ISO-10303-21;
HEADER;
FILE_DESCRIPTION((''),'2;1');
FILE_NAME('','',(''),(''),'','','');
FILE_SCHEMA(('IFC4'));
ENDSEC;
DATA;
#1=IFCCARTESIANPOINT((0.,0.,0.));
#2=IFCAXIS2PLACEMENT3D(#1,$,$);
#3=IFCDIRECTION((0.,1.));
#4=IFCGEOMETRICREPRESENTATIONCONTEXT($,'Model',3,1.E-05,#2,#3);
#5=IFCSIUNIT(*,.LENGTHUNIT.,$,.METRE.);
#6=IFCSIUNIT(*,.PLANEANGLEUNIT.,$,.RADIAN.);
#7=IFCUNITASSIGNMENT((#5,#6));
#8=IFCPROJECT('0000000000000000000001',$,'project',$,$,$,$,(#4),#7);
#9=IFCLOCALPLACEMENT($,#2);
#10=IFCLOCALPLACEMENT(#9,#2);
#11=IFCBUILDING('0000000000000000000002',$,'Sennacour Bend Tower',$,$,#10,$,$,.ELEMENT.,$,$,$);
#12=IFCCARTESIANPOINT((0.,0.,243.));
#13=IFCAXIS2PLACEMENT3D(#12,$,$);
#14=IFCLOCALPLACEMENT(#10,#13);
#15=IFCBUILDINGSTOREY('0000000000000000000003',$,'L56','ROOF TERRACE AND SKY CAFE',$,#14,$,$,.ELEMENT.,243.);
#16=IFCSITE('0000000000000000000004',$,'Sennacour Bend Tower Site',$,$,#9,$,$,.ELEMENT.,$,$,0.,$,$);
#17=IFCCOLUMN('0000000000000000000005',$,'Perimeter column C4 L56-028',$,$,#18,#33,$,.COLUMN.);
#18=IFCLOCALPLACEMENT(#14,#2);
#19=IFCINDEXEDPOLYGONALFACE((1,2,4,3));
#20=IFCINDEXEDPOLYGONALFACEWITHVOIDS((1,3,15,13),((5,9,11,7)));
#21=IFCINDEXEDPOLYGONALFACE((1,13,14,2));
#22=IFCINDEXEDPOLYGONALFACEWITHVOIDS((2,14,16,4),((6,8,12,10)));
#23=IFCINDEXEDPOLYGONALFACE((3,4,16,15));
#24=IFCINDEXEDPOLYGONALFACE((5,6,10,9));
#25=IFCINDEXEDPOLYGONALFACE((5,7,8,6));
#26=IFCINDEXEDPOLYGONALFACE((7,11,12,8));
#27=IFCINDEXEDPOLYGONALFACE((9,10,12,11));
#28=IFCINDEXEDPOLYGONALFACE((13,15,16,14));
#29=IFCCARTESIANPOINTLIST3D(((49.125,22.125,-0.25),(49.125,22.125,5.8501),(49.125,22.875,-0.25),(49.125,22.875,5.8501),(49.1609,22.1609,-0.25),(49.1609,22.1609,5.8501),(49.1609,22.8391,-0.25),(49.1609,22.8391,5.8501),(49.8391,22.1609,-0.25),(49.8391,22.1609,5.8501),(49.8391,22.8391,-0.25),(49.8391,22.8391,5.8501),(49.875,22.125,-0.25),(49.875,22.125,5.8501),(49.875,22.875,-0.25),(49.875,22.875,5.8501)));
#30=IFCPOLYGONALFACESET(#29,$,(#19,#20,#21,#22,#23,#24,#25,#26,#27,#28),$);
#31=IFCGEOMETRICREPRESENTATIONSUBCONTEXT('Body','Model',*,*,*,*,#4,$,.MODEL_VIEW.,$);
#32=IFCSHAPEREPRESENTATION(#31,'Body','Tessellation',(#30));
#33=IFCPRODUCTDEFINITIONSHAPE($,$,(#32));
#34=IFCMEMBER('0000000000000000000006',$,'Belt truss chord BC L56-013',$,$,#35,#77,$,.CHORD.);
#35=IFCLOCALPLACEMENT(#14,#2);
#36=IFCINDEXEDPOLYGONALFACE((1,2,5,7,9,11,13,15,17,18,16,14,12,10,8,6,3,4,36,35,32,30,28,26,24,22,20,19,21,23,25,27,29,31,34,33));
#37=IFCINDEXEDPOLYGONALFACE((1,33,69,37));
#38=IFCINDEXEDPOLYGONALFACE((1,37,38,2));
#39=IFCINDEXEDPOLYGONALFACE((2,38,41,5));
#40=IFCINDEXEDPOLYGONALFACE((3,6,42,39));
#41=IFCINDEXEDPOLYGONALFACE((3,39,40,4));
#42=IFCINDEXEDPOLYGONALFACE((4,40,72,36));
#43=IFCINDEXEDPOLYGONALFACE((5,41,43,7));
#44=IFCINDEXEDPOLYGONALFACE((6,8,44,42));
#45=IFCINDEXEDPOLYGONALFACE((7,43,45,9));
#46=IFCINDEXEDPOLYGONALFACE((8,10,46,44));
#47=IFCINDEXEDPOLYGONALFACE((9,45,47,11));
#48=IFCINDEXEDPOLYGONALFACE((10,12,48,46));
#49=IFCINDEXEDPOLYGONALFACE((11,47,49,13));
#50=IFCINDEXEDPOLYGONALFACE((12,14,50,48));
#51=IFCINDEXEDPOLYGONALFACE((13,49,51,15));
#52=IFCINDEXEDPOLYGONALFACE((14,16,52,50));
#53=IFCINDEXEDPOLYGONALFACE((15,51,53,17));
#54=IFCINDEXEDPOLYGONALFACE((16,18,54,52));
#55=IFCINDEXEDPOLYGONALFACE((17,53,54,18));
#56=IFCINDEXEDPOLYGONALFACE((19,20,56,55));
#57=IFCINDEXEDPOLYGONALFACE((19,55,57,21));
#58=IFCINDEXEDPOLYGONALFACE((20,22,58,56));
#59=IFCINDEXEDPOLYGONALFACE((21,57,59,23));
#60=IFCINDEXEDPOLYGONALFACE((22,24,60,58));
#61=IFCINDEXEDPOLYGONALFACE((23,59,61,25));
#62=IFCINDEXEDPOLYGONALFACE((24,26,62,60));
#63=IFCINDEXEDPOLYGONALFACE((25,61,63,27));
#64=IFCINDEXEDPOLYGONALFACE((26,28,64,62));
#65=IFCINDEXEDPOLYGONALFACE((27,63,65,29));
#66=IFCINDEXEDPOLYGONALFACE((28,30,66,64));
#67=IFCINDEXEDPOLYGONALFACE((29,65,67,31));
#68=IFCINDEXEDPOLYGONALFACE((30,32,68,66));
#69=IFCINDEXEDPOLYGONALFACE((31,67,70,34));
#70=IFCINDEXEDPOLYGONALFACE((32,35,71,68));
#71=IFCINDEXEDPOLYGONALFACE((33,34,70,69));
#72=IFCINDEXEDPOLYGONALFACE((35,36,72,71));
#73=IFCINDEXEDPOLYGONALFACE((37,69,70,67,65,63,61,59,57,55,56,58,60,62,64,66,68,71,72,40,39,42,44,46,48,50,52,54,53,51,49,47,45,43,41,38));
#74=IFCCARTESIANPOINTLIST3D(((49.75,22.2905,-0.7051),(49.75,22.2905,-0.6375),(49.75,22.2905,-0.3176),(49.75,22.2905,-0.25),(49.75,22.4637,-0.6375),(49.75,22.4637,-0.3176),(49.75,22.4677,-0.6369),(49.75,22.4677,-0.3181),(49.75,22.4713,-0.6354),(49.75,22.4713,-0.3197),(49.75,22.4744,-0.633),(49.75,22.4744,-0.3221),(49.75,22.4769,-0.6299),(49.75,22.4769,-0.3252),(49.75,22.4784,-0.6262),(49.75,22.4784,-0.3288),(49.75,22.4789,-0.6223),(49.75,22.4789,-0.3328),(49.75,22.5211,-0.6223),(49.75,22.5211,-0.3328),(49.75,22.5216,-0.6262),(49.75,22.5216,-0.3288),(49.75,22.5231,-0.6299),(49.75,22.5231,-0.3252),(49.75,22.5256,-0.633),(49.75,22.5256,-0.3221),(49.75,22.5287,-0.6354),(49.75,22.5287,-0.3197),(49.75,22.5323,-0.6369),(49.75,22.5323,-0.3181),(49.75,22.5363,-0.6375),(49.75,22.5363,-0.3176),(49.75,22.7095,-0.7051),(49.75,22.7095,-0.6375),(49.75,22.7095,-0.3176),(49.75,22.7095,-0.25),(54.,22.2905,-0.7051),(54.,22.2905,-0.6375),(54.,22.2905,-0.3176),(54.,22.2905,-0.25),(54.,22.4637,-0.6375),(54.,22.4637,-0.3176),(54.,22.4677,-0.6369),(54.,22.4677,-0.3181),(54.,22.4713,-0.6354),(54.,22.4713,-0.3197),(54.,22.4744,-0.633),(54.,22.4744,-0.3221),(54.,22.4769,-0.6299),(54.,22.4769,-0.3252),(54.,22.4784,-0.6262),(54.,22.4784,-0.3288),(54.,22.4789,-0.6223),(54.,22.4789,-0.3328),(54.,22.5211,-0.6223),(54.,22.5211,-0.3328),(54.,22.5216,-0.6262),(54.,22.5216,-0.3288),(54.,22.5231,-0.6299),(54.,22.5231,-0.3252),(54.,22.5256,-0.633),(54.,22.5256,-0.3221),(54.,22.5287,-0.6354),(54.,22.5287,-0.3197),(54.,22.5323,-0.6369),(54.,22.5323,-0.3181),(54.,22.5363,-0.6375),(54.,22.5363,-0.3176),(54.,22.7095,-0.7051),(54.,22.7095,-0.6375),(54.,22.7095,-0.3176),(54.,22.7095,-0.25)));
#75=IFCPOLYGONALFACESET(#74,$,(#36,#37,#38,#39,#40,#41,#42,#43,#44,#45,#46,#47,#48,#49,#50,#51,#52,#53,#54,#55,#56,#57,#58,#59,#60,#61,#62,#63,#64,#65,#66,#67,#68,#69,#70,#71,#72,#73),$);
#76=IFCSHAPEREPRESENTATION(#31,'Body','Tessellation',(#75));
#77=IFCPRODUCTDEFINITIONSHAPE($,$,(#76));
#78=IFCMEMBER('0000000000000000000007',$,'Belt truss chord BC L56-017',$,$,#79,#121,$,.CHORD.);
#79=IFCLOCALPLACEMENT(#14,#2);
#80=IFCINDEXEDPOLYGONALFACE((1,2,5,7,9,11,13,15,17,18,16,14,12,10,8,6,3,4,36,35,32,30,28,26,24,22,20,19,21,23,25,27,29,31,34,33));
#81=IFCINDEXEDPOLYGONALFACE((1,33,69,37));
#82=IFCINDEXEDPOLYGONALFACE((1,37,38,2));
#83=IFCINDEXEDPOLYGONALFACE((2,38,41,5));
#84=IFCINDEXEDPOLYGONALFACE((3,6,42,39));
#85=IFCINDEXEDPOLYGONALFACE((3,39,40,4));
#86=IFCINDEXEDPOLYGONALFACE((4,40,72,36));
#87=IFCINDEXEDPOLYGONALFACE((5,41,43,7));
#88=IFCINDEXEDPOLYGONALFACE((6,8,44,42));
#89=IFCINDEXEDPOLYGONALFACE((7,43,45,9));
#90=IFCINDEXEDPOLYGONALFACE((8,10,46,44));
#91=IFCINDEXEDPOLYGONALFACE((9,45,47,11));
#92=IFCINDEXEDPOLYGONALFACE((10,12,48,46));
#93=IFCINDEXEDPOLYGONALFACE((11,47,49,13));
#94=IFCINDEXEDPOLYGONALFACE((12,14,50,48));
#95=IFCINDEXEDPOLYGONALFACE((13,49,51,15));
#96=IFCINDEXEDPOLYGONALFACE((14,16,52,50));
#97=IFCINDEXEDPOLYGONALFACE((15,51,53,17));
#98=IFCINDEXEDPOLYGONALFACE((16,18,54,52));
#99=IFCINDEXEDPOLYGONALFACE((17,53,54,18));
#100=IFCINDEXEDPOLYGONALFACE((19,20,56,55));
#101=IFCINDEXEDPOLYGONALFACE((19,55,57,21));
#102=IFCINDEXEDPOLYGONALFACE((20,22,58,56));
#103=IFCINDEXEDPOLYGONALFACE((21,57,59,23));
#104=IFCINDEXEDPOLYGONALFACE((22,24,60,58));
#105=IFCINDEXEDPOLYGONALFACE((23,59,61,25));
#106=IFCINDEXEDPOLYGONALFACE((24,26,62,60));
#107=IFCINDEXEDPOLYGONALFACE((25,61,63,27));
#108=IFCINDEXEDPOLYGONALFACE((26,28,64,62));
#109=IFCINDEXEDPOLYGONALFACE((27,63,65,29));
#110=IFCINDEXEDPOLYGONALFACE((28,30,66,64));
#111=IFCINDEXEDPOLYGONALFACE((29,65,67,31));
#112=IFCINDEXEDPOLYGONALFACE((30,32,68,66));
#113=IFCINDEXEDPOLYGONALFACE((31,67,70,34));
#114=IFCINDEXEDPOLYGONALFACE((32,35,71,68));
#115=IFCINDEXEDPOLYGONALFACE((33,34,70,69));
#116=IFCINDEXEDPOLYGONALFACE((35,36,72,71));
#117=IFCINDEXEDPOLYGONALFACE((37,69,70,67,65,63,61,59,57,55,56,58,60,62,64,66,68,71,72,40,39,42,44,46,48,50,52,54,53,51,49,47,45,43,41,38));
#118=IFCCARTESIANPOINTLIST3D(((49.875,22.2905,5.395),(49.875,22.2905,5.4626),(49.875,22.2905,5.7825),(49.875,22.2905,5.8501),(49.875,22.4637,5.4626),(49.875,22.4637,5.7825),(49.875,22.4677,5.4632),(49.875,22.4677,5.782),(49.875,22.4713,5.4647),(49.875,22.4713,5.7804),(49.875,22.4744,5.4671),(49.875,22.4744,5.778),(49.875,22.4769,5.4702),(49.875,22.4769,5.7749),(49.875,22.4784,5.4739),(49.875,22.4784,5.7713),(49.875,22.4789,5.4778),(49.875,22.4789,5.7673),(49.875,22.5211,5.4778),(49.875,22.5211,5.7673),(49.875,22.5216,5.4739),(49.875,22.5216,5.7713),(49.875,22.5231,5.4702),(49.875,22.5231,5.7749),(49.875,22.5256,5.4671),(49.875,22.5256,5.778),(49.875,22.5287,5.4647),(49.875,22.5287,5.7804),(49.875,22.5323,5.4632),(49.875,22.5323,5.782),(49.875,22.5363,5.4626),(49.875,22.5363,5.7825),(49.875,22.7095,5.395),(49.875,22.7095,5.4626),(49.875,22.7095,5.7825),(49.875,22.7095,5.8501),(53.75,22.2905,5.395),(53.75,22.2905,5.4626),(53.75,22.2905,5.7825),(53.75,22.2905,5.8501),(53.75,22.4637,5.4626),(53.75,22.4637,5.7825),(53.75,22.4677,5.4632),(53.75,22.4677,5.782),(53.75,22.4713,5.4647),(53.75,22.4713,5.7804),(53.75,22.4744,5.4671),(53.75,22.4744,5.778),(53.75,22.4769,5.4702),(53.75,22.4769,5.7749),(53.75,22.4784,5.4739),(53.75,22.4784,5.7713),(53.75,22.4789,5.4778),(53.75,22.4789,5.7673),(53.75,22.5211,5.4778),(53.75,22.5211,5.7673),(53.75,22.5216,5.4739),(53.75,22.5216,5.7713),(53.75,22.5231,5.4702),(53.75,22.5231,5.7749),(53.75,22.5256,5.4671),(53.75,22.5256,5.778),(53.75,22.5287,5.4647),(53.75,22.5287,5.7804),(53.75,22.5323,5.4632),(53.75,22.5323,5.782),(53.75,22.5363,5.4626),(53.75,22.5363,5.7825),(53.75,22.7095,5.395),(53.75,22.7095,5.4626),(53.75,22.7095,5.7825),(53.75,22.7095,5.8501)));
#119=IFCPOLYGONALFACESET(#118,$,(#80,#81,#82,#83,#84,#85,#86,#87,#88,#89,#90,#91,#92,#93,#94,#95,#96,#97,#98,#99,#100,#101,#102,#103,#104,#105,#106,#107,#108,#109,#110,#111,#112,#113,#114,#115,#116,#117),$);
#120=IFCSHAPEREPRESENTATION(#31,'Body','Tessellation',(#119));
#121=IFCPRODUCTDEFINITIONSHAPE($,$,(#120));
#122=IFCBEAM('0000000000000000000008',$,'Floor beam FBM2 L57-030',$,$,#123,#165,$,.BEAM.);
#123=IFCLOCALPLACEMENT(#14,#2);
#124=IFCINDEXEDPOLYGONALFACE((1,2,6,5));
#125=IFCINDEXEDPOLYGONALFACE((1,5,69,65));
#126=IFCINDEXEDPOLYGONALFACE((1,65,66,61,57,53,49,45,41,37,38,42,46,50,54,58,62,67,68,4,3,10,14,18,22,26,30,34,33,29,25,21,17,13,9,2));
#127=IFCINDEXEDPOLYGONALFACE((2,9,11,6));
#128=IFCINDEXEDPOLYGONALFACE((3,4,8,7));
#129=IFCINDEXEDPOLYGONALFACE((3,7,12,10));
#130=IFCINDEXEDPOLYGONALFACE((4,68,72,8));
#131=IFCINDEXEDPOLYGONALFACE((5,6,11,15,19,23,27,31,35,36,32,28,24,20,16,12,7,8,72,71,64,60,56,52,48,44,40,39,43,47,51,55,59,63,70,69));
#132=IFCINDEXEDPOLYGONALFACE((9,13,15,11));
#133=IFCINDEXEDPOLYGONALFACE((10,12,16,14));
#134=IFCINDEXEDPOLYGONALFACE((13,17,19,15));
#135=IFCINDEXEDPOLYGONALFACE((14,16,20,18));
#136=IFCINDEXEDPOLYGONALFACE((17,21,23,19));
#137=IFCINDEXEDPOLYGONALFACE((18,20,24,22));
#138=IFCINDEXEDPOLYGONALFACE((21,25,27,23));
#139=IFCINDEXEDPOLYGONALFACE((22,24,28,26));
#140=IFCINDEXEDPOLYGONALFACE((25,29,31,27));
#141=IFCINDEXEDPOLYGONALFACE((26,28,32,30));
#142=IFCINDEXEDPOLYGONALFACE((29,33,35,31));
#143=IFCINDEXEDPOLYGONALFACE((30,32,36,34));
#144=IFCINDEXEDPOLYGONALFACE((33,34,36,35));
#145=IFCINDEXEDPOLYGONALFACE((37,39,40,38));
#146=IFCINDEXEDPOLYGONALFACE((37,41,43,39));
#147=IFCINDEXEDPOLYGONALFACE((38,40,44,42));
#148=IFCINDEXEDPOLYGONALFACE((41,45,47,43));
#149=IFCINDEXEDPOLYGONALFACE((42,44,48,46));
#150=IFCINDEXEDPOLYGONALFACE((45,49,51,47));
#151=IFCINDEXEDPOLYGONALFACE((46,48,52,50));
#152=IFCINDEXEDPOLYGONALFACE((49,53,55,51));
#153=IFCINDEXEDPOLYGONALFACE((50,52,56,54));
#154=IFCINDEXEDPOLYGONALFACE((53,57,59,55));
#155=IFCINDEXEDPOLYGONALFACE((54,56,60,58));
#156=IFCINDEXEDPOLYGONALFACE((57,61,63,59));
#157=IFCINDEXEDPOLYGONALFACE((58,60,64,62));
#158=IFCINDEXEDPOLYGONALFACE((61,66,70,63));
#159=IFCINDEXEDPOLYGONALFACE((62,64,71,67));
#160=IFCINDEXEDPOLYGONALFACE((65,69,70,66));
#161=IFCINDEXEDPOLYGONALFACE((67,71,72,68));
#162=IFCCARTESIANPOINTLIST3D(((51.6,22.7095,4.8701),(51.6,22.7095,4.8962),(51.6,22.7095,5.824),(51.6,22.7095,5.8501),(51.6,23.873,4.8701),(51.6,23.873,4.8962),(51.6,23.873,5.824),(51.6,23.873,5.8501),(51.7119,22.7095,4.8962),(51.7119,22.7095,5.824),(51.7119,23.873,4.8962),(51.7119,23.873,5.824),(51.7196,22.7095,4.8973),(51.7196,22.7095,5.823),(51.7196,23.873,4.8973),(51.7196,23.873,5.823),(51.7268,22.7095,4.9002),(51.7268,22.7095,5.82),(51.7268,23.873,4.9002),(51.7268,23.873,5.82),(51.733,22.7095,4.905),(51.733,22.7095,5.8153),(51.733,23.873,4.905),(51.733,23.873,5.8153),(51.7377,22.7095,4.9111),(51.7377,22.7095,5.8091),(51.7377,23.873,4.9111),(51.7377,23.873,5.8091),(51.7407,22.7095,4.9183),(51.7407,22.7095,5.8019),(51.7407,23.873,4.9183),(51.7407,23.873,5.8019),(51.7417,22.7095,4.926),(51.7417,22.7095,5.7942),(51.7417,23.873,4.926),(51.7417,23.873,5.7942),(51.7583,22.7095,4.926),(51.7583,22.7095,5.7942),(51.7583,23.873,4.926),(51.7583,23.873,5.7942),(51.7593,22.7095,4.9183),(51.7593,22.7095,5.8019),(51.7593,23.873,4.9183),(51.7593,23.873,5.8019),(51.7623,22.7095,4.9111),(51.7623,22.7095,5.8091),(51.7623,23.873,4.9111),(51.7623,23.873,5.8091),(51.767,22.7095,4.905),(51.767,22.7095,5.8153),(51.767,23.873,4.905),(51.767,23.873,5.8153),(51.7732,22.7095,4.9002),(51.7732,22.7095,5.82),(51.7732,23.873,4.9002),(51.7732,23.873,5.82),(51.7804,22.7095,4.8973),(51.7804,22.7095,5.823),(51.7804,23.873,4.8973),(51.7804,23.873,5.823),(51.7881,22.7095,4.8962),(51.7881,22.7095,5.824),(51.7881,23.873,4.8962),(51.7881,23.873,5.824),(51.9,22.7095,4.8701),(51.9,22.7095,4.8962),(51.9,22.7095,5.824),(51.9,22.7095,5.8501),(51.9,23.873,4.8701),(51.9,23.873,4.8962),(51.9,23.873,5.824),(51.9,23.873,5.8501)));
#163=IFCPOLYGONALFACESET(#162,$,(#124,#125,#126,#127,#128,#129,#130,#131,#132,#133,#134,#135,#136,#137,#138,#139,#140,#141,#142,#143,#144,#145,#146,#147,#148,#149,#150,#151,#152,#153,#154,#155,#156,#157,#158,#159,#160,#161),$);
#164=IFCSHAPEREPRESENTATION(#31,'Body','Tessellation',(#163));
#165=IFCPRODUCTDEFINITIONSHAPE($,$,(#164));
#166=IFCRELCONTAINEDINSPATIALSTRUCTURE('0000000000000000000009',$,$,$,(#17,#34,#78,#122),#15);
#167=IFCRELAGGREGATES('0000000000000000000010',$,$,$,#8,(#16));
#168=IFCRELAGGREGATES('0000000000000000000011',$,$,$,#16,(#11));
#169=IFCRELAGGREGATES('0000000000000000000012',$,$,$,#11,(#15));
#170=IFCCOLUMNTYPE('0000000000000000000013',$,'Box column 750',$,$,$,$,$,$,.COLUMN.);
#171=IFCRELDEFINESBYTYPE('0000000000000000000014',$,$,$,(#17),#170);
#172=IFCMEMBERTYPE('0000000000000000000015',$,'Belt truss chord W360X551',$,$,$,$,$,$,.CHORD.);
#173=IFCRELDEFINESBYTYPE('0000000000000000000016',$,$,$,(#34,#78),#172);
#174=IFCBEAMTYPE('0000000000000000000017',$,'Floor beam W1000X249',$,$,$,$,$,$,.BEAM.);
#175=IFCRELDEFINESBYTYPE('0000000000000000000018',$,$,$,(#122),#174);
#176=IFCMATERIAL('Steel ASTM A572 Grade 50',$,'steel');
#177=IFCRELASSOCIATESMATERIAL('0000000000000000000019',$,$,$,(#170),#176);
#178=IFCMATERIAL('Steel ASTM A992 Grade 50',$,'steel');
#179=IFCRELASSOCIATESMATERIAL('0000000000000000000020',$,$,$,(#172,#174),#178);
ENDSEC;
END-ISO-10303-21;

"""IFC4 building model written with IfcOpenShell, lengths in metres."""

from ifc_helpers import new_model, si_unit, direction, frame, origin, origin_2d, place, context, subcontext, project, spatial, hollow_rectangle, i_section, extrude, material, material_profile, profile_set, type_object, element, save


model = new_model("IFC4")

# Units and contexts
model_context = context("Model", 3, precision=1e-05, world=origin(), true_north=direction((0.0, 1.0)))
body_context = subcontext(model_context, "Body", "Model", "MODEL_VIEW")
ifc_project = project(units=[si_unit("LENGTHUNIT", "METRE"), si_unit("PLANEANGLEUNIT", "RADIAN")], contexts=[model_context])

# Site, building, storey
site_placement = place(None, origin())
site = spatial("IfcSite", under=ifc_project, at=site_placement, Name="Sennacour Bend Tower Site", CompositionType="ELEMENT", RefElevation=0.0)
building_placement = place(site_placement, origin())
building = spatial("IfcBuilding", under=site, at=building_placement, Name="Sennacour Bend Tower", CompositionType="ELEMENT")
storey_placement = place(building_placement, frame((0.0, 0.0, 243.0)))
storey = spatial("IfcBuildingStorey", under=building, at=storey_placement, Name="L56", Description="ROOF TERRACE AND SKY CAFE", CompositionType="ELEMENT", Elevation=243.0)

# Column
ifc_material_1 = material(Name="Steel ASTM A572 Grade 50", Category="steel")
ifc_material_profile_1 = material_profile(ifc_material_1, hollow_rectangle(XDim=0.75, YDim=0.75, WallThickness=0.0359, at=origin_2d()), Name="Steel ASTM A572 Grade 50", Category="steel")
ifc_profile_set_1 = profile_set([ifc_material_profile_1], Name="Steel ASTM A572 Grade 50")
column_type = type_object("IfcColumnType", Name="Box column 750", PredefinedType="COLUMN", material=ifc_profile_set_1)
column_placement = place(storey_placement, frame((49.5, 22.5, -0.25), z_axis=(0.0, 0.0, 1.0), x_axis=(1.0, 0.0, 0.0)))
element("IfcColumn", 1, at=column_placement, inside=storey, type_object=column_type, Name="Perimeter column C4 L56-028", PredefinedType="COLUMN", context=body_context, shape_type="SweptSolid", body=[
    extrude(hollow_rectangle(XDim=0.75, YDim=0.75, WallThickness=0.0359, at=origin_2d()), origin(), (0.0, 0.0, 1.0), 6.1001),
])

# Members
ifc_material_2 = material(Name="Steel ASTM A992 Grade 50", Category="steel")
ifc_material_profile_2 = material_profile(ifc_material_2, i_section(OverallWidth=0.4189, OverallDepth=0.4551, WebThickness=0.0422, FlangeThickness=0.0676, FilletRadius=0.0151, at=origin_2d()), Name="Steel ASTM A992 Grade 50", Category="steel")
ifc_profile_set_2 = profile_set([ifc_material_profile_2], Name="Steel ASTM A992 Grade 50")
member_type_1 = type_object("IfcMemberType", Name="Belt truss chord W360X551", PredefinedType="CHORD", material=ifc_profile_set_2)
member_1_placement = place(storey_placement, frame((49.75, 22.5, -0.4775), z_axis=(1.0, 0.0, 0.0), x_axis=(0.0, 1.0, 0.0)))
element("IfcMember", 2, at=member_1_placement, inside=storey, type_object=member_type_1, Name="Belt truss chord BC L56-013", PredefinedType="CHORD", context=body_context, shape_type="SweptSolid", body=[
    extrude(i_section(OverallWidth=0.4189, OverallDepth=0.4551, WebThickness=0.0422, FlangeThickness=0.0676, FilletRadius=0.0151, at=origin_2d()), origin(), (0.0, 0.0, 1.0), 4.25),
])
member_2_placement = place(storey_placement, frame((49.875, 22.5, 5.6226), z_axis=(1.0, 0.0, 0.0), x_axis=(0.0, 1.0, 0.0)))
element("IfcMember", 3, at=member_2_placement, inside=storey, type_object=member_type_1, Name="Belt truss chord BC L56-017", PredefinedType="CHORD", context=body_context, shape_type="SweptSolid", body=[
    extrude(i_section(OverallWidth=0.4189, OverallDepth=0.4551, WebThickness=0.0422, FlangeThickness=0.0676, FilletRadius=0.0151, at=origin_2d()), origin(), (0.0, 0.0, 1.0), 3.875),
])

# Beam
ifc_material_profile_3 = material_profile(ifc_material_2, i_section(OverallWidth=0.3, OverallDepth=0.98, WebThickness=0.0166, FlangeThickness=0.0261, FilletRadius=0.0298, at=origin_2d()), Name="Steel ASTM A992 Grade 50", Category="steel")
ifc_profile_set_3 = profile_set([ifc_material_profile_3], Name="Steel ASTM A992 Grade 50")
beam_type_1 = type_object("IfcBeamType", Name="Floor beam W1000X249", PredefinedType="BEAM", material=ifc_profile_set_3)
beam_1_placement = place(storey_placement, frame((51.75, 22.7095, 5.3601), z_axis=(0.0, 1.0, 0.0), x_axis=(-1.0, 0.0, 0.0)))
element("IfcBeam", 4, at=beam_1_placement, inside=storey, type_object=beam_type_1, Name="Floor beam FBM2 L57-030", PredefinedType="BEAM", context=body_context, shape_type="SweptSolid", body=[
    extrude(i_section(OverallWidth=0.3, OverallDepth=0.98, WebThickness=0.0166, FlangeThickness=0.0261, FilletRadius=0.0298, at=origin_2d()), origin(), (0.0, 0.0, 1.0), 1.1636),
])

save(model, "model.ifc")
